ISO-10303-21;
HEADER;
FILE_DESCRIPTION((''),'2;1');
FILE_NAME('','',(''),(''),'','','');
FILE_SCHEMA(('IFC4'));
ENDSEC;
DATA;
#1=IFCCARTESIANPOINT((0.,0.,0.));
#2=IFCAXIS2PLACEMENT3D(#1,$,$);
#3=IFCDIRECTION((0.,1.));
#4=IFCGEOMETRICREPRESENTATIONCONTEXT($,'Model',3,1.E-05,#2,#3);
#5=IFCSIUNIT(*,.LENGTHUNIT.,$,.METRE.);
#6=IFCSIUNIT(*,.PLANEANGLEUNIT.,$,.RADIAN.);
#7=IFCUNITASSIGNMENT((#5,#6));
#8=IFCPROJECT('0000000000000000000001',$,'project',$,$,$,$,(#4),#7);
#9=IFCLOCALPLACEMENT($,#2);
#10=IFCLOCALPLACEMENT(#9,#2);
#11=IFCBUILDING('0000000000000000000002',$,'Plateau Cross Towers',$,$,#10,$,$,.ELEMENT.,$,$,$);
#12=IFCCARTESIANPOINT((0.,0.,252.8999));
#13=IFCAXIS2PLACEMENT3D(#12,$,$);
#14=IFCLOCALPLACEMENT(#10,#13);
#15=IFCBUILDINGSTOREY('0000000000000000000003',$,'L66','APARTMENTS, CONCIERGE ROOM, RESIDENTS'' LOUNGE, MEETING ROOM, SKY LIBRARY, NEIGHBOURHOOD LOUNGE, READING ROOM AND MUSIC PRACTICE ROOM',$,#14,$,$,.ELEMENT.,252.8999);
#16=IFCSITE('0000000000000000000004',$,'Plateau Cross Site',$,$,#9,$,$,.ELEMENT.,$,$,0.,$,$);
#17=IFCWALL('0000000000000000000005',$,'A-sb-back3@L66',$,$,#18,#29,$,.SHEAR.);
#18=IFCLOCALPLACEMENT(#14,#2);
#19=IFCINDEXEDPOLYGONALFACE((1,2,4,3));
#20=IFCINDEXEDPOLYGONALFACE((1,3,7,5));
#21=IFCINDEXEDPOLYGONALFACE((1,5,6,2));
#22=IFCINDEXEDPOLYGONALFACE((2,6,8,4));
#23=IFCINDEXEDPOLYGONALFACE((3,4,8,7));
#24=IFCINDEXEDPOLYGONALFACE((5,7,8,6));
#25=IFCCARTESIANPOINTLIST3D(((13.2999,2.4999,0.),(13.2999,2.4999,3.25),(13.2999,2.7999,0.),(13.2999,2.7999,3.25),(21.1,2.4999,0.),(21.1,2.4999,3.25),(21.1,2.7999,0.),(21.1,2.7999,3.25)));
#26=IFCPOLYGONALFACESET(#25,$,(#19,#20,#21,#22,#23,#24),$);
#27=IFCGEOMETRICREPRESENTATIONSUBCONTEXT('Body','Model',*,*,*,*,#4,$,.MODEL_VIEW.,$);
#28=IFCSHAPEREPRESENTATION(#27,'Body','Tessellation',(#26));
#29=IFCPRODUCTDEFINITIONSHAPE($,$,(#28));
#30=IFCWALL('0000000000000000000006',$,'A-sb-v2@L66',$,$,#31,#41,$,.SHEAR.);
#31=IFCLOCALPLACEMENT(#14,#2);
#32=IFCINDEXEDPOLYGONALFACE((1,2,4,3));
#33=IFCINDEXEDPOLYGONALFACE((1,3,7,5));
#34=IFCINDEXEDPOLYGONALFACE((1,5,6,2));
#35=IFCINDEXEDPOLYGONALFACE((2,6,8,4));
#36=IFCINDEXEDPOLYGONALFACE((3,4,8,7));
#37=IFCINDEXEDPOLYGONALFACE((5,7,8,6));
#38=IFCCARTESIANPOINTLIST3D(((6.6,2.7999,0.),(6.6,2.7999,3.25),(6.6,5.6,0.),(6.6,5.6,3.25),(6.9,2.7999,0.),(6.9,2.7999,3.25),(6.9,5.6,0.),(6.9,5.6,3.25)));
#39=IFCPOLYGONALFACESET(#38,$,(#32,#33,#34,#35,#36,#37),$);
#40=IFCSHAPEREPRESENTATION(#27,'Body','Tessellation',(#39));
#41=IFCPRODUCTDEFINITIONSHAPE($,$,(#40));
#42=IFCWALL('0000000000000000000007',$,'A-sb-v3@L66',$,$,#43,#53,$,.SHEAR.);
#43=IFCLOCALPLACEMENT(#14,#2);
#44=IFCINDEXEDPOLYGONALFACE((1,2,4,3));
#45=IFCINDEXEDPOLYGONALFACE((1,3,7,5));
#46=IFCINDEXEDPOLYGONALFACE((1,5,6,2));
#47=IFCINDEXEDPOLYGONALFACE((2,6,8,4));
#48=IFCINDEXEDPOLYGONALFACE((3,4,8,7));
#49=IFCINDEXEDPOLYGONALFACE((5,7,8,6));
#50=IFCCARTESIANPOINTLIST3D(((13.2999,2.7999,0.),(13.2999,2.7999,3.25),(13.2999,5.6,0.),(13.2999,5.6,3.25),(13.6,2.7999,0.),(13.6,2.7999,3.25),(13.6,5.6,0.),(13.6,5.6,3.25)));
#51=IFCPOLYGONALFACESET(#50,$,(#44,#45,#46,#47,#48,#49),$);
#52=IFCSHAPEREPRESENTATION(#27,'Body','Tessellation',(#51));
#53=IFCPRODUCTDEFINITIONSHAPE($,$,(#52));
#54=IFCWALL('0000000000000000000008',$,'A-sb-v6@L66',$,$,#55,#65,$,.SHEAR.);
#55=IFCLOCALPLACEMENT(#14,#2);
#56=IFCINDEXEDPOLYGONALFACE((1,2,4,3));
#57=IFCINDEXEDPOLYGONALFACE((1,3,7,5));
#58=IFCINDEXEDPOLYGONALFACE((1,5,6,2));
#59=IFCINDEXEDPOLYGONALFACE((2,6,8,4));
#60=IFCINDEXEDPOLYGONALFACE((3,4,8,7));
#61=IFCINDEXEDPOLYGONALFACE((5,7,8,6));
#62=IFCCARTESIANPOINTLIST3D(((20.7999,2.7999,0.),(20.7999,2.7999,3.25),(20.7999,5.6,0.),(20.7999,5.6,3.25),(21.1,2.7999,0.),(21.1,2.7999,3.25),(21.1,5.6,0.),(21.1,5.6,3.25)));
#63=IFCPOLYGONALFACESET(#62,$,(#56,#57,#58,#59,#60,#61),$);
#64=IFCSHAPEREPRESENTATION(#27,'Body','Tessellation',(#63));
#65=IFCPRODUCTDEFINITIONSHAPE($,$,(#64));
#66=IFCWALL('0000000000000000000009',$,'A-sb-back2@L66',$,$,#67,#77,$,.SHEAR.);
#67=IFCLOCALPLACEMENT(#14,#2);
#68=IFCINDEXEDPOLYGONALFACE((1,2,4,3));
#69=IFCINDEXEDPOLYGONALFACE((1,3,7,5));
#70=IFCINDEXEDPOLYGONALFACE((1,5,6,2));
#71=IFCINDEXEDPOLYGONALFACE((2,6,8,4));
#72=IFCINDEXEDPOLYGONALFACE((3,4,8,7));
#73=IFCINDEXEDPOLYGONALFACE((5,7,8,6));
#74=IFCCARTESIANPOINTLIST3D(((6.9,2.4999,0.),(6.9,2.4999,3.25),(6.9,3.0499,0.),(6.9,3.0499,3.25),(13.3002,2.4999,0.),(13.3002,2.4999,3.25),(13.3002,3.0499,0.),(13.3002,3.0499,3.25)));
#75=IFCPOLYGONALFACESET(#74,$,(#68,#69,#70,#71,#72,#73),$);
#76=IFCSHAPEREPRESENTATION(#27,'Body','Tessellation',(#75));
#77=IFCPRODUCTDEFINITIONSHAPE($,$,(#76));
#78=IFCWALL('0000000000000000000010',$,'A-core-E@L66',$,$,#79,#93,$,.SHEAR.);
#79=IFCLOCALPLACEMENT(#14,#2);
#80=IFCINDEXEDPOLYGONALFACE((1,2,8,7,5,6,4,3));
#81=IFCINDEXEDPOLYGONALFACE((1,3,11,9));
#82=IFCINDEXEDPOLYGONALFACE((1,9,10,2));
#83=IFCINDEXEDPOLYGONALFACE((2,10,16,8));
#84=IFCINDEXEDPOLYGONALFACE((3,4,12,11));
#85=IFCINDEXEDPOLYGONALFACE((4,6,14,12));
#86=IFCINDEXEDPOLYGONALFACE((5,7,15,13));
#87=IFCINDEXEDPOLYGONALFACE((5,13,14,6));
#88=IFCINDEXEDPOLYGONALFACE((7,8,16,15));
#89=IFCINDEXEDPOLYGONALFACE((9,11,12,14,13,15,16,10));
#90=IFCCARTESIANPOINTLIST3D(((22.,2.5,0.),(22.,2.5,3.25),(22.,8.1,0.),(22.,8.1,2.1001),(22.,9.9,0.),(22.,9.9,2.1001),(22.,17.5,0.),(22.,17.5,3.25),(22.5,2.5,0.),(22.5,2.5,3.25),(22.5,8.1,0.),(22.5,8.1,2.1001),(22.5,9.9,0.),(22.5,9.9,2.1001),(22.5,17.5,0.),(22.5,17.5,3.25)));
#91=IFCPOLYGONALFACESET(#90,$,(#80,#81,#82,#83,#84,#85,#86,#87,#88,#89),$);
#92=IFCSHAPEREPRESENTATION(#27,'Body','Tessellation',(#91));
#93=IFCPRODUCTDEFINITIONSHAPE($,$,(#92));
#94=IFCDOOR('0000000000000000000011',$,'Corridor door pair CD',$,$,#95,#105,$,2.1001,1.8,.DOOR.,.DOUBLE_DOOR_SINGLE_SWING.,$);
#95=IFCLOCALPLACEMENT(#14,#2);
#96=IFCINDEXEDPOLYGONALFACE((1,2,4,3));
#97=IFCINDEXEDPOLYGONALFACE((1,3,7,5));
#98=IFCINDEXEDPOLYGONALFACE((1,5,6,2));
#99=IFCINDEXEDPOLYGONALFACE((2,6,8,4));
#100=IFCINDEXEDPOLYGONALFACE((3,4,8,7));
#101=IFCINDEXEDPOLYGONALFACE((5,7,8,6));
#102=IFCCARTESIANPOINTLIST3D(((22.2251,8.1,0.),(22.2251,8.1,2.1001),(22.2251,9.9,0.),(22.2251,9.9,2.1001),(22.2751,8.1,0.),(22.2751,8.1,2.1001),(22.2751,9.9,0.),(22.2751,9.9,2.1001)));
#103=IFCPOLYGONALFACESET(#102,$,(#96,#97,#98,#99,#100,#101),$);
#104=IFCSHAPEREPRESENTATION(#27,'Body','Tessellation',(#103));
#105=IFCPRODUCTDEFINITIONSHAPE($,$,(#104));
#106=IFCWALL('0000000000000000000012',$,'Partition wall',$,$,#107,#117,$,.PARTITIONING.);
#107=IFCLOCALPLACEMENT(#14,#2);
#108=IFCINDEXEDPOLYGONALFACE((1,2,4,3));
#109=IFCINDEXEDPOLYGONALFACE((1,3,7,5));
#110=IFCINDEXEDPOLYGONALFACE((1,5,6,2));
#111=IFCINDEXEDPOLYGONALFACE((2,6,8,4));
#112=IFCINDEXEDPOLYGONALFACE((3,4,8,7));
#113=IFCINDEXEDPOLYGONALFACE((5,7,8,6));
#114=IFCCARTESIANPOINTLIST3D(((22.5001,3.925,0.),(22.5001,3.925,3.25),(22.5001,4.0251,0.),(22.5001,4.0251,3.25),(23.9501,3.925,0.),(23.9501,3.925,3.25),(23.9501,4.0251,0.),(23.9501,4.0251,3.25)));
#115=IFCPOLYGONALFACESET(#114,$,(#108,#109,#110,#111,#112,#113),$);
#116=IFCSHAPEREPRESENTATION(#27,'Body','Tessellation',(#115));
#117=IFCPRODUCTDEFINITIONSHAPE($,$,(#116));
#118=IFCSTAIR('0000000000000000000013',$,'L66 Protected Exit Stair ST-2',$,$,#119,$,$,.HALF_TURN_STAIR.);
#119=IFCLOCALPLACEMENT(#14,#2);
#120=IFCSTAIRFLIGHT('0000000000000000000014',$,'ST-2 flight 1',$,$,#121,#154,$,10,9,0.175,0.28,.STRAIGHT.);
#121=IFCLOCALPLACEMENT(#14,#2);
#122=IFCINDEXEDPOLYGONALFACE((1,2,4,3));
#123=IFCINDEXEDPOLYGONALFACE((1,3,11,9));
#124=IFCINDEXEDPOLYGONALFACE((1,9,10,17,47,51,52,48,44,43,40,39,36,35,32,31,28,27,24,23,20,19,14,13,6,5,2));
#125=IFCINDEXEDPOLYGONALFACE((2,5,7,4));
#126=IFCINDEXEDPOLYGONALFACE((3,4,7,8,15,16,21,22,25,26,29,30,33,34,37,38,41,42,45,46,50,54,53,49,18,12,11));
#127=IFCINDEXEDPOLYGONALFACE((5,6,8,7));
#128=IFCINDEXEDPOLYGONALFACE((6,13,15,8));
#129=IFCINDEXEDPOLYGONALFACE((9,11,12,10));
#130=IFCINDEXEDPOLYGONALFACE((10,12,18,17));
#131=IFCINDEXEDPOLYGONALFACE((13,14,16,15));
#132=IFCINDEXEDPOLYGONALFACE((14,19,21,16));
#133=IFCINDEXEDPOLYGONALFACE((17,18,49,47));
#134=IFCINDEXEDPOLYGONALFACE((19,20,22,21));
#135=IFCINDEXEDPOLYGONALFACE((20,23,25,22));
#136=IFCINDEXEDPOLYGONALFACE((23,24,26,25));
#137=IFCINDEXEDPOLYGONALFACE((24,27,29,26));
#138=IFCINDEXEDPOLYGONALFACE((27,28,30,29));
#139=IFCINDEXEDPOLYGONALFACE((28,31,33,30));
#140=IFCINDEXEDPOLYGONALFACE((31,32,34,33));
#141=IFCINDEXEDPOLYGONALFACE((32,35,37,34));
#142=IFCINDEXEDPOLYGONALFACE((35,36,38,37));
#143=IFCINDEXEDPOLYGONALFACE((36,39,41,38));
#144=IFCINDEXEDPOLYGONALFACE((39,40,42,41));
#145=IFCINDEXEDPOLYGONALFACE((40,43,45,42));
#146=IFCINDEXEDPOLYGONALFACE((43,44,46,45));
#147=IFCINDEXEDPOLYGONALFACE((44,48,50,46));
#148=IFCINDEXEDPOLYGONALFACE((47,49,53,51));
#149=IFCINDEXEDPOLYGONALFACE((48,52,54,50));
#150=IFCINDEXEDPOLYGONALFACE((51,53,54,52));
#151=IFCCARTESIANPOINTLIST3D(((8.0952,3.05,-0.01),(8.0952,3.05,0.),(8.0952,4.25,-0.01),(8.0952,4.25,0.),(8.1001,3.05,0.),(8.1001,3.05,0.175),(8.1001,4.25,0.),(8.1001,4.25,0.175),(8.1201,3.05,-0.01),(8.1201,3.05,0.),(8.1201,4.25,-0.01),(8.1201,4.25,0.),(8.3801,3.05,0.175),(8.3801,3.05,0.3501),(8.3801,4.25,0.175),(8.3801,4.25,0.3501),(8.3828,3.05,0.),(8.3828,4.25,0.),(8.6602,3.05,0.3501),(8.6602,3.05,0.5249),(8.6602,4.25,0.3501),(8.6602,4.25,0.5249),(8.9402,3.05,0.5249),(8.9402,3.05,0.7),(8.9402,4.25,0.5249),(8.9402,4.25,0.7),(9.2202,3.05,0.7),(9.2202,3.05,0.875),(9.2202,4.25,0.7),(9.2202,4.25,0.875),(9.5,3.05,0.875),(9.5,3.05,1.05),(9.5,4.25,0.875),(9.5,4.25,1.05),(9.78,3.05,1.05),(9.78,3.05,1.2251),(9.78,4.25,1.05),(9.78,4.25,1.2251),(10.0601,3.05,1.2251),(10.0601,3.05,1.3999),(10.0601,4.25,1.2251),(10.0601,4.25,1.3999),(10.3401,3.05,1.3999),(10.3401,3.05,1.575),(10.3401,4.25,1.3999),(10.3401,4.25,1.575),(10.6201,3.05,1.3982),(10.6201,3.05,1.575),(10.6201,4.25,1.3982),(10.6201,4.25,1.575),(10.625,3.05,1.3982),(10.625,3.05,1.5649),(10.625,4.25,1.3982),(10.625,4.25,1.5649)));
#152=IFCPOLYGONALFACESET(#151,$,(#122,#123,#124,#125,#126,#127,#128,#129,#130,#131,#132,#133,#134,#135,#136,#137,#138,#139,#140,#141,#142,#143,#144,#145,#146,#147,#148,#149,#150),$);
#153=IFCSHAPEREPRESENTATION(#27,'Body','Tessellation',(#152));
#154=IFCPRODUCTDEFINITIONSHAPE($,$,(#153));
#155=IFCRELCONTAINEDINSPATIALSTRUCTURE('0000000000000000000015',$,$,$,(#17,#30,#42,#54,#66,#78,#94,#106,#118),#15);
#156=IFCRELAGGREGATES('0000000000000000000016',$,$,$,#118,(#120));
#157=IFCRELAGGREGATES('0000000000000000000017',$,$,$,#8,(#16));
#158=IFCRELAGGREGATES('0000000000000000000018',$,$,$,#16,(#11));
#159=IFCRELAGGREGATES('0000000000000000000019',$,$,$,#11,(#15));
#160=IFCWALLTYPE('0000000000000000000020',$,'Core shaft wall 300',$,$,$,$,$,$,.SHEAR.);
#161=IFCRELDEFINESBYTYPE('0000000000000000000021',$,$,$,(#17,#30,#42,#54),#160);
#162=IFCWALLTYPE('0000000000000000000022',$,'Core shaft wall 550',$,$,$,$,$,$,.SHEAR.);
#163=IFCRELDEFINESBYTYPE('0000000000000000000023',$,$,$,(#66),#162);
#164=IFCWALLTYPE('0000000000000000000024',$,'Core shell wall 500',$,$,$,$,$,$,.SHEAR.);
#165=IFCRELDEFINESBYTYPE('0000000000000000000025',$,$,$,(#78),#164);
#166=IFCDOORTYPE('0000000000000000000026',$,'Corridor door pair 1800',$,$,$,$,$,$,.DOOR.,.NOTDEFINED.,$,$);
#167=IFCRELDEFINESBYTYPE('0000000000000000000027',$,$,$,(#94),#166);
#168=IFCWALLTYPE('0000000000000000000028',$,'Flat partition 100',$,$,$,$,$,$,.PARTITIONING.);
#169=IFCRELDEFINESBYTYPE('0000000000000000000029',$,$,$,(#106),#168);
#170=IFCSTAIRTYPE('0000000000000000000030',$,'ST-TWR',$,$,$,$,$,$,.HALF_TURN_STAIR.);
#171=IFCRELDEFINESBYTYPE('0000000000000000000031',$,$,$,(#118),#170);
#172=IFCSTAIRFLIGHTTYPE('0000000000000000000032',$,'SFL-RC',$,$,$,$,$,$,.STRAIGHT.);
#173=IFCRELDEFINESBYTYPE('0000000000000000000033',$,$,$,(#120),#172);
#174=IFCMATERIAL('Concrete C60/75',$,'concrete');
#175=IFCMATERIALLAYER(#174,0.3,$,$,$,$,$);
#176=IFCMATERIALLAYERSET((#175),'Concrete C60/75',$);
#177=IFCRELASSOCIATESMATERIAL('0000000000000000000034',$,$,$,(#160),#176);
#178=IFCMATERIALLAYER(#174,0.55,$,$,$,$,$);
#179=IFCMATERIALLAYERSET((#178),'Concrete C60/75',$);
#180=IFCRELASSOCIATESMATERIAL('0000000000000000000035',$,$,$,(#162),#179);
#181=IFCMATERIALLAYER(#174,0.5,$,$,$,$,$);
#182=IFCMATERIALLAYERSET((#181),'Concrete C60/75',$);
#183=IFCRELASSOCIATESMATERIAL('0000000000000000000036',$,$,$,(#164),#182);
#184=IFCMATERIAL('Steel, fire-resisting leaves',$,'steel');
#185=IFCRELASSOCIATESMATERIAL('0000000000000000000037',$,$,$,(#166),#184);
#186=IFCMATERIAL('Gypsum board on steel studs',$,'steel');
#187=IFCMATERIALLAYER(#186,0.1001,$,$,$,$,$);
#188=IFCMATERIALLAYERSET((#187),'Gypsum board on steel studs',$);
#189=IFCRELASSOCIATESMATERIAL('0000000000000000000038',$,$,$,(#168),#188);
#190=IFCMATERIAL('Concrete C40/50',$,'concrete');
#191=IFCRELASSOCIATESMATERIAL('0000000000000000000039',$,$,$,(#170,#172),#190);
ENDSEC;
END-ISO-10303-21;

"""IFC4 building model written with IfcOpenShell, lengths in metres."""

from ifc_helpers import new_model, si_unit, direction, frame, frame_2d, origin, place, context, subcontext, project, spatial, polyline, rectangle, outline, extrude, material, layer, layer_set, type_object, element, fill, aggregate, save


model = new_model("IFC4")

# Units and contexts
model_context = context("Model", 3, precision=1e-05, world=origin(), true_north=direction((0.0, 1.0)))
body_context = subcontext(model_context, "Body", "Model", "MODEL_VIEW")
ifc_project = project(units=[si_unit("LENGTHUNIT", "METRE"), si_unit("PLANEANGLEUNIT", "RADIAN")], contexts=[model_context])

# Site, building, storey
site_placement = place(None, origin())
site = spatial("IfcSite", under=ifc_project, at=site_placement, Name="Plateau Cross Site", CompositionType="ELEMENT", RefElevation=0.0)
building_placement = place(site_placement, origin())
building = spatial("IfcBuilding", under=site, at=building_placement, Name="Plateau Cross Towers", CompositionType="ELEMENT")
storey_placement = place(building_placement, frame((0.0, 0.0, 252.8999)))
storey = spatial("IfcBuildingStorey", under=building, at=storey_placement, Name="L66", Description="APARTMENTS, CONCIERGE ROOM, RESIDENTS' LOUNGE, MEETING ROOM, SKY LIBRARY, NEIGHBOURHOOD LOUNGE, READING ROOM AND MUSIC PRACTICE ROOM", CompositionType="ELEMENT", Elevation=252.8999)

# Shared definitions
ifc_material_1 = material(Name="Concrete C60/75", Category="concrete")

# Walls
ifc_layer_1 = layer(ifc_material_1, 0.3)
ifc_layer_set_1 = layer_set([ifc_layer_1], Name="Concrete C60/75")
wall_type_1 = type_object("IfcWallType", Name="Core shaft wall 300", PredefinedType="SHEAR", material=ifc_layer_set_1)
wall_1_placement = place(storey_placement, frame((13.3, 2.6499, 0.0), z_axis=(0.0, 0.0, 1.0), x_axis=(1.0, 0.0, 0.0)))
element("IfcWall", 1, at=wall_1_placement, inside=storey, type_object=wall_type_1, Name="A-sb-back3@L66", PredefinedType="SHEAR", context=body_context, shape_type="SweptSolid", body=[
    extrude(rectangle(XDim=7.8, YDim=0.3, at=frame_2d((3.8999, 0.0))), origin(), (0.0, 0.0, 1.0), 3.25),
])
for number, where, z_axis, x_axis, name in (
    (2, (6.75, 2.8, 0.0), (0.0, 0.0, 1.0), (0.0, 1.0, 0.0), "A-sb-v2@L66"),
    (3, (13.45, 2.8, 0.0), (0.0, 0.0, 1.0), (0.0, 1.0, 0.0), "A-sb-v3@L66"),
    (4, (20.95, 2.8, 0.0), (0.0, 0.0, 1.0), (0.0, 1.0, 0.0), "A-sb-v6@L66"),
):
    element("IfcWall", number, at=place(storey_placement, frame(where, z_axis=z_axis, x_axis=x_axis)), inside=storey, type_object=wall_type_1, Name=name, PredefinedType="SHEAR", context=body_context, shape_type="SweptSolid", body=[
        extrude(rectangle(XDim=2.8, YDim=0.3, at=frame_2d((1.3999, 0.0))), origin(), (0.0, 0.0, 1.0), 3.25),
    ])
ifc_layer_2 = layer(ifc_material_1, 0.55)
ifc_layer_set_2 = layer_set([ifc_layer_2], Name="Concrete C60/75")
wall_type_2 = type_object("IfcWallType", Name="Core shaft wall 550", PredefinedType="SHEAR", material=ifc_layer_set_2)
wall_2_placement = place(storey_placement, frame((6.8999, 2.7749, 0.0), z_axis=(0.0, 0.0, 1.0), x_axis=(1.0, 0.0, 0.0)))
element("IfcWall", 5, at=wall_2_placement, inside=storey, type_object=wall_type_2, Name="A-sb-back2@L66", PredefinedType="SHEAR", context=body_context, shape_type="SweptSolid", body=[
    extrude(rectangle(XDim=6.4001, YDim=0.55, at=frame_2d((3.2002, 0.0))), origin(), (0.0, 0.0, 1.0), 3.25),
])

# Wall, opening, door
ifc_layer_3 = layer(ifc_material_1, 0.5)
ifc_layer_set_3 = layer_set([ifc_layer_3], Name="Concrete C60/75")
wall_type_3 = type_object("IfcWallType", Name="Core shell wall 500", PredefinedType="SHEAR", material=ifc_layer_set_3)
wall_3_placement = place(storey_placement, frame((22.25, 2.5, 0.0), z_axis=(0.0, 0.0, 1.0), x_axis=(0.0, 1.0, 0.0)))
wall_3 = element("IfcWall", 6, at=wall_3_placement, inside=storey, type_object=wall_type_3, Name="A-core-E@L66", PredefinedType="SHEAR", context=body_context, shape_type="SweptSolid", body=[
    extrude(rectangle(XDim=15.0, YDim=0.5, at=frame_2d((7.5, 0.0))), origin(), (0.0, 0.0, 1.0), 3.25),
])
opening_1_placement = place(wall_3_placement, frame((5.6001, 0.0, 0.0)))
opening_1 = element("IfcOpeningElement", 7, at=opening_1_placement, cuts=wall_3, PredefinedType="OPENING", context=body_context, shape_type="SweptSolid", body=[
    extrude(rectangle(XDim=1.8, YDim=2.1001, at=frame_2d((0.8999, 1.05))), frame((0.0, 0.26, 0.0), z_axis=(0.0, -1.0, 0.0), x_axis=(1.0, 0.0, 0.0)), (0.0, 0.0, 1.0), 0.52),
])
ifc_material_2 = material(Name="Steel, fire-resisting leaves", Category="steel")
door_type_1 = type_object("IfcDoorType", Name="Corridor door pair 1800", OperationType="NOTDEFINED", PredefinedType="DOOR", material=ifc_material_2)
door_1_placement = place(opening_1_placement, origin())
door_1 = element("IfcDoor", 8, at=door_1_placement, inside=storey, type_object=door_type_1, Name="Corridor door pair CD", OperationType="DOUBLE_DOOR_SINGLE_SWING", OverallHeight=2.1001, OverallWidth=1.8, PredefinedType="DOOR", context=body_context, shape_type="SweptSolid", body=[
    extrude(rectangle(XDim=1.8, YDim=2.1001, at=frame_2d((0.8999, 1.05))), frame((0.0, 0.0249, 0.0), z_axis=(0.0, -1.0, 0.0), x_axis=(1.0, 0.0, 0.0)), (0.0, 0.0, 1.0), 0.05),
])
fill(opening_1, door_1)

# Wall
ifc_material_3 = material(Name="Gypsum board on steel studs", Category="steel")
ifc_layer_4 = layer(ifc_material_3, 0.1001)
ifc_layer_set_4 = layer_set([ifc_layer_4], Name="Gypsum board on steel studs")
wall_type_4 = type_object("IfcWallType", Name="Flat partition 100", PredefinedType="PARTITIONING", material=ifc_layer_set_4)
wall_4_placement = place(storey_placement, frame((22.5, 3.9751, 0.0), z_axis=(0.0, 0.0, 1.0), x_axis=(1.0, 0.0, 0.0)))
element("IfcWall", 9, at=wall_4_placement, inside=storey, type_object=wall_type_4, Name="Partition wall", PredefinedType="PARTITIONING", context=body_context, shape_type="SweptSolid", body=[
    extrude(rectangle(XDim=1.45, YDim=0.1001, at=frame_2d((0.7251, 0.0))), origin(), (0.0, 0.0, 1.0), 3.25),
])

# Stair, stair flight
ifc_material_4 = material(Name="Concrete C40/50", Category="concrete")
stair_type = type_object("IfcStairType", Name="ST-TWR", PredefinedType="HALF_TURN_STAIR", material=ifc_material_4)
stair_placement = place(storey_placement, origin())
stair = element("IfcStair", 10, at=stair_placement, inside=storey, type_object=stair_type, Name="L66 Protected Exit Stair ST-2", PredefinedType="HALF_TURN_STAIR")
stair_flight_type = type_object("IfcStairFlightType", Name="SFL-RC", PredefinedType="STRAIGHT", material=ifc_material_4)
stair_flight_1_placement = place(storey_placement, frame((8.1001, 3.6499, 0.0), z_axis=(0.0, 0.0, 1.0), x_axis=(1.0, 0.0, 0.0)))
stair_flight_1 = element("IfcStairFlight", 11, at=stair_flight_1_placement, type_object=stair_flight_type, Name="ST-2 flight 1", NumberOfRisers=10, NumberOfTreads=9, PredefinedType="STRAIGHT", RiserHeight=0.175, TreadLength=0.28, context=body_context, shape_type="SweptSolid", body=[
    extrude(outline(polyline([(-0.0049, -0.01), (-0.0049, 0.0), (0.0, 0.0), (0.0, 0.175), (0.28, 0.175), (0.28, 0.3501), (0.5601, 0.3501), (0.5601, 0.5249), (0.8401, 0.5249), (0.8401, 0.7), (1.1201, 0.7), (1.1201, 0.875), (1.3999, 0.875), (1.3999, 1.05), (1.6799, 1.05), (1.6799, 1.2251), (1.96, 1.2251), (1.96, 1.3999), (2.24, 1.3999), (2.24, 1.575), (2.52, 1.575), (2.5249, 1.5649), (2.5249, 1.3982), (2.52, 1.3982), (0.2827, 0.0), (0.02, 0.0), (0.02, -0.01), (-0.0049, -0.01)])), frame((0.0, 0.6001, 0.0), z_axis=(0.0, -1.0, 0.0), x_axis=(1.0, 0.0, 0.0)), (0.0, 0.0, 1.0), 1.2),
])
aggregate(stair, [stair_flight_1])

save(model, "model.ifc")
